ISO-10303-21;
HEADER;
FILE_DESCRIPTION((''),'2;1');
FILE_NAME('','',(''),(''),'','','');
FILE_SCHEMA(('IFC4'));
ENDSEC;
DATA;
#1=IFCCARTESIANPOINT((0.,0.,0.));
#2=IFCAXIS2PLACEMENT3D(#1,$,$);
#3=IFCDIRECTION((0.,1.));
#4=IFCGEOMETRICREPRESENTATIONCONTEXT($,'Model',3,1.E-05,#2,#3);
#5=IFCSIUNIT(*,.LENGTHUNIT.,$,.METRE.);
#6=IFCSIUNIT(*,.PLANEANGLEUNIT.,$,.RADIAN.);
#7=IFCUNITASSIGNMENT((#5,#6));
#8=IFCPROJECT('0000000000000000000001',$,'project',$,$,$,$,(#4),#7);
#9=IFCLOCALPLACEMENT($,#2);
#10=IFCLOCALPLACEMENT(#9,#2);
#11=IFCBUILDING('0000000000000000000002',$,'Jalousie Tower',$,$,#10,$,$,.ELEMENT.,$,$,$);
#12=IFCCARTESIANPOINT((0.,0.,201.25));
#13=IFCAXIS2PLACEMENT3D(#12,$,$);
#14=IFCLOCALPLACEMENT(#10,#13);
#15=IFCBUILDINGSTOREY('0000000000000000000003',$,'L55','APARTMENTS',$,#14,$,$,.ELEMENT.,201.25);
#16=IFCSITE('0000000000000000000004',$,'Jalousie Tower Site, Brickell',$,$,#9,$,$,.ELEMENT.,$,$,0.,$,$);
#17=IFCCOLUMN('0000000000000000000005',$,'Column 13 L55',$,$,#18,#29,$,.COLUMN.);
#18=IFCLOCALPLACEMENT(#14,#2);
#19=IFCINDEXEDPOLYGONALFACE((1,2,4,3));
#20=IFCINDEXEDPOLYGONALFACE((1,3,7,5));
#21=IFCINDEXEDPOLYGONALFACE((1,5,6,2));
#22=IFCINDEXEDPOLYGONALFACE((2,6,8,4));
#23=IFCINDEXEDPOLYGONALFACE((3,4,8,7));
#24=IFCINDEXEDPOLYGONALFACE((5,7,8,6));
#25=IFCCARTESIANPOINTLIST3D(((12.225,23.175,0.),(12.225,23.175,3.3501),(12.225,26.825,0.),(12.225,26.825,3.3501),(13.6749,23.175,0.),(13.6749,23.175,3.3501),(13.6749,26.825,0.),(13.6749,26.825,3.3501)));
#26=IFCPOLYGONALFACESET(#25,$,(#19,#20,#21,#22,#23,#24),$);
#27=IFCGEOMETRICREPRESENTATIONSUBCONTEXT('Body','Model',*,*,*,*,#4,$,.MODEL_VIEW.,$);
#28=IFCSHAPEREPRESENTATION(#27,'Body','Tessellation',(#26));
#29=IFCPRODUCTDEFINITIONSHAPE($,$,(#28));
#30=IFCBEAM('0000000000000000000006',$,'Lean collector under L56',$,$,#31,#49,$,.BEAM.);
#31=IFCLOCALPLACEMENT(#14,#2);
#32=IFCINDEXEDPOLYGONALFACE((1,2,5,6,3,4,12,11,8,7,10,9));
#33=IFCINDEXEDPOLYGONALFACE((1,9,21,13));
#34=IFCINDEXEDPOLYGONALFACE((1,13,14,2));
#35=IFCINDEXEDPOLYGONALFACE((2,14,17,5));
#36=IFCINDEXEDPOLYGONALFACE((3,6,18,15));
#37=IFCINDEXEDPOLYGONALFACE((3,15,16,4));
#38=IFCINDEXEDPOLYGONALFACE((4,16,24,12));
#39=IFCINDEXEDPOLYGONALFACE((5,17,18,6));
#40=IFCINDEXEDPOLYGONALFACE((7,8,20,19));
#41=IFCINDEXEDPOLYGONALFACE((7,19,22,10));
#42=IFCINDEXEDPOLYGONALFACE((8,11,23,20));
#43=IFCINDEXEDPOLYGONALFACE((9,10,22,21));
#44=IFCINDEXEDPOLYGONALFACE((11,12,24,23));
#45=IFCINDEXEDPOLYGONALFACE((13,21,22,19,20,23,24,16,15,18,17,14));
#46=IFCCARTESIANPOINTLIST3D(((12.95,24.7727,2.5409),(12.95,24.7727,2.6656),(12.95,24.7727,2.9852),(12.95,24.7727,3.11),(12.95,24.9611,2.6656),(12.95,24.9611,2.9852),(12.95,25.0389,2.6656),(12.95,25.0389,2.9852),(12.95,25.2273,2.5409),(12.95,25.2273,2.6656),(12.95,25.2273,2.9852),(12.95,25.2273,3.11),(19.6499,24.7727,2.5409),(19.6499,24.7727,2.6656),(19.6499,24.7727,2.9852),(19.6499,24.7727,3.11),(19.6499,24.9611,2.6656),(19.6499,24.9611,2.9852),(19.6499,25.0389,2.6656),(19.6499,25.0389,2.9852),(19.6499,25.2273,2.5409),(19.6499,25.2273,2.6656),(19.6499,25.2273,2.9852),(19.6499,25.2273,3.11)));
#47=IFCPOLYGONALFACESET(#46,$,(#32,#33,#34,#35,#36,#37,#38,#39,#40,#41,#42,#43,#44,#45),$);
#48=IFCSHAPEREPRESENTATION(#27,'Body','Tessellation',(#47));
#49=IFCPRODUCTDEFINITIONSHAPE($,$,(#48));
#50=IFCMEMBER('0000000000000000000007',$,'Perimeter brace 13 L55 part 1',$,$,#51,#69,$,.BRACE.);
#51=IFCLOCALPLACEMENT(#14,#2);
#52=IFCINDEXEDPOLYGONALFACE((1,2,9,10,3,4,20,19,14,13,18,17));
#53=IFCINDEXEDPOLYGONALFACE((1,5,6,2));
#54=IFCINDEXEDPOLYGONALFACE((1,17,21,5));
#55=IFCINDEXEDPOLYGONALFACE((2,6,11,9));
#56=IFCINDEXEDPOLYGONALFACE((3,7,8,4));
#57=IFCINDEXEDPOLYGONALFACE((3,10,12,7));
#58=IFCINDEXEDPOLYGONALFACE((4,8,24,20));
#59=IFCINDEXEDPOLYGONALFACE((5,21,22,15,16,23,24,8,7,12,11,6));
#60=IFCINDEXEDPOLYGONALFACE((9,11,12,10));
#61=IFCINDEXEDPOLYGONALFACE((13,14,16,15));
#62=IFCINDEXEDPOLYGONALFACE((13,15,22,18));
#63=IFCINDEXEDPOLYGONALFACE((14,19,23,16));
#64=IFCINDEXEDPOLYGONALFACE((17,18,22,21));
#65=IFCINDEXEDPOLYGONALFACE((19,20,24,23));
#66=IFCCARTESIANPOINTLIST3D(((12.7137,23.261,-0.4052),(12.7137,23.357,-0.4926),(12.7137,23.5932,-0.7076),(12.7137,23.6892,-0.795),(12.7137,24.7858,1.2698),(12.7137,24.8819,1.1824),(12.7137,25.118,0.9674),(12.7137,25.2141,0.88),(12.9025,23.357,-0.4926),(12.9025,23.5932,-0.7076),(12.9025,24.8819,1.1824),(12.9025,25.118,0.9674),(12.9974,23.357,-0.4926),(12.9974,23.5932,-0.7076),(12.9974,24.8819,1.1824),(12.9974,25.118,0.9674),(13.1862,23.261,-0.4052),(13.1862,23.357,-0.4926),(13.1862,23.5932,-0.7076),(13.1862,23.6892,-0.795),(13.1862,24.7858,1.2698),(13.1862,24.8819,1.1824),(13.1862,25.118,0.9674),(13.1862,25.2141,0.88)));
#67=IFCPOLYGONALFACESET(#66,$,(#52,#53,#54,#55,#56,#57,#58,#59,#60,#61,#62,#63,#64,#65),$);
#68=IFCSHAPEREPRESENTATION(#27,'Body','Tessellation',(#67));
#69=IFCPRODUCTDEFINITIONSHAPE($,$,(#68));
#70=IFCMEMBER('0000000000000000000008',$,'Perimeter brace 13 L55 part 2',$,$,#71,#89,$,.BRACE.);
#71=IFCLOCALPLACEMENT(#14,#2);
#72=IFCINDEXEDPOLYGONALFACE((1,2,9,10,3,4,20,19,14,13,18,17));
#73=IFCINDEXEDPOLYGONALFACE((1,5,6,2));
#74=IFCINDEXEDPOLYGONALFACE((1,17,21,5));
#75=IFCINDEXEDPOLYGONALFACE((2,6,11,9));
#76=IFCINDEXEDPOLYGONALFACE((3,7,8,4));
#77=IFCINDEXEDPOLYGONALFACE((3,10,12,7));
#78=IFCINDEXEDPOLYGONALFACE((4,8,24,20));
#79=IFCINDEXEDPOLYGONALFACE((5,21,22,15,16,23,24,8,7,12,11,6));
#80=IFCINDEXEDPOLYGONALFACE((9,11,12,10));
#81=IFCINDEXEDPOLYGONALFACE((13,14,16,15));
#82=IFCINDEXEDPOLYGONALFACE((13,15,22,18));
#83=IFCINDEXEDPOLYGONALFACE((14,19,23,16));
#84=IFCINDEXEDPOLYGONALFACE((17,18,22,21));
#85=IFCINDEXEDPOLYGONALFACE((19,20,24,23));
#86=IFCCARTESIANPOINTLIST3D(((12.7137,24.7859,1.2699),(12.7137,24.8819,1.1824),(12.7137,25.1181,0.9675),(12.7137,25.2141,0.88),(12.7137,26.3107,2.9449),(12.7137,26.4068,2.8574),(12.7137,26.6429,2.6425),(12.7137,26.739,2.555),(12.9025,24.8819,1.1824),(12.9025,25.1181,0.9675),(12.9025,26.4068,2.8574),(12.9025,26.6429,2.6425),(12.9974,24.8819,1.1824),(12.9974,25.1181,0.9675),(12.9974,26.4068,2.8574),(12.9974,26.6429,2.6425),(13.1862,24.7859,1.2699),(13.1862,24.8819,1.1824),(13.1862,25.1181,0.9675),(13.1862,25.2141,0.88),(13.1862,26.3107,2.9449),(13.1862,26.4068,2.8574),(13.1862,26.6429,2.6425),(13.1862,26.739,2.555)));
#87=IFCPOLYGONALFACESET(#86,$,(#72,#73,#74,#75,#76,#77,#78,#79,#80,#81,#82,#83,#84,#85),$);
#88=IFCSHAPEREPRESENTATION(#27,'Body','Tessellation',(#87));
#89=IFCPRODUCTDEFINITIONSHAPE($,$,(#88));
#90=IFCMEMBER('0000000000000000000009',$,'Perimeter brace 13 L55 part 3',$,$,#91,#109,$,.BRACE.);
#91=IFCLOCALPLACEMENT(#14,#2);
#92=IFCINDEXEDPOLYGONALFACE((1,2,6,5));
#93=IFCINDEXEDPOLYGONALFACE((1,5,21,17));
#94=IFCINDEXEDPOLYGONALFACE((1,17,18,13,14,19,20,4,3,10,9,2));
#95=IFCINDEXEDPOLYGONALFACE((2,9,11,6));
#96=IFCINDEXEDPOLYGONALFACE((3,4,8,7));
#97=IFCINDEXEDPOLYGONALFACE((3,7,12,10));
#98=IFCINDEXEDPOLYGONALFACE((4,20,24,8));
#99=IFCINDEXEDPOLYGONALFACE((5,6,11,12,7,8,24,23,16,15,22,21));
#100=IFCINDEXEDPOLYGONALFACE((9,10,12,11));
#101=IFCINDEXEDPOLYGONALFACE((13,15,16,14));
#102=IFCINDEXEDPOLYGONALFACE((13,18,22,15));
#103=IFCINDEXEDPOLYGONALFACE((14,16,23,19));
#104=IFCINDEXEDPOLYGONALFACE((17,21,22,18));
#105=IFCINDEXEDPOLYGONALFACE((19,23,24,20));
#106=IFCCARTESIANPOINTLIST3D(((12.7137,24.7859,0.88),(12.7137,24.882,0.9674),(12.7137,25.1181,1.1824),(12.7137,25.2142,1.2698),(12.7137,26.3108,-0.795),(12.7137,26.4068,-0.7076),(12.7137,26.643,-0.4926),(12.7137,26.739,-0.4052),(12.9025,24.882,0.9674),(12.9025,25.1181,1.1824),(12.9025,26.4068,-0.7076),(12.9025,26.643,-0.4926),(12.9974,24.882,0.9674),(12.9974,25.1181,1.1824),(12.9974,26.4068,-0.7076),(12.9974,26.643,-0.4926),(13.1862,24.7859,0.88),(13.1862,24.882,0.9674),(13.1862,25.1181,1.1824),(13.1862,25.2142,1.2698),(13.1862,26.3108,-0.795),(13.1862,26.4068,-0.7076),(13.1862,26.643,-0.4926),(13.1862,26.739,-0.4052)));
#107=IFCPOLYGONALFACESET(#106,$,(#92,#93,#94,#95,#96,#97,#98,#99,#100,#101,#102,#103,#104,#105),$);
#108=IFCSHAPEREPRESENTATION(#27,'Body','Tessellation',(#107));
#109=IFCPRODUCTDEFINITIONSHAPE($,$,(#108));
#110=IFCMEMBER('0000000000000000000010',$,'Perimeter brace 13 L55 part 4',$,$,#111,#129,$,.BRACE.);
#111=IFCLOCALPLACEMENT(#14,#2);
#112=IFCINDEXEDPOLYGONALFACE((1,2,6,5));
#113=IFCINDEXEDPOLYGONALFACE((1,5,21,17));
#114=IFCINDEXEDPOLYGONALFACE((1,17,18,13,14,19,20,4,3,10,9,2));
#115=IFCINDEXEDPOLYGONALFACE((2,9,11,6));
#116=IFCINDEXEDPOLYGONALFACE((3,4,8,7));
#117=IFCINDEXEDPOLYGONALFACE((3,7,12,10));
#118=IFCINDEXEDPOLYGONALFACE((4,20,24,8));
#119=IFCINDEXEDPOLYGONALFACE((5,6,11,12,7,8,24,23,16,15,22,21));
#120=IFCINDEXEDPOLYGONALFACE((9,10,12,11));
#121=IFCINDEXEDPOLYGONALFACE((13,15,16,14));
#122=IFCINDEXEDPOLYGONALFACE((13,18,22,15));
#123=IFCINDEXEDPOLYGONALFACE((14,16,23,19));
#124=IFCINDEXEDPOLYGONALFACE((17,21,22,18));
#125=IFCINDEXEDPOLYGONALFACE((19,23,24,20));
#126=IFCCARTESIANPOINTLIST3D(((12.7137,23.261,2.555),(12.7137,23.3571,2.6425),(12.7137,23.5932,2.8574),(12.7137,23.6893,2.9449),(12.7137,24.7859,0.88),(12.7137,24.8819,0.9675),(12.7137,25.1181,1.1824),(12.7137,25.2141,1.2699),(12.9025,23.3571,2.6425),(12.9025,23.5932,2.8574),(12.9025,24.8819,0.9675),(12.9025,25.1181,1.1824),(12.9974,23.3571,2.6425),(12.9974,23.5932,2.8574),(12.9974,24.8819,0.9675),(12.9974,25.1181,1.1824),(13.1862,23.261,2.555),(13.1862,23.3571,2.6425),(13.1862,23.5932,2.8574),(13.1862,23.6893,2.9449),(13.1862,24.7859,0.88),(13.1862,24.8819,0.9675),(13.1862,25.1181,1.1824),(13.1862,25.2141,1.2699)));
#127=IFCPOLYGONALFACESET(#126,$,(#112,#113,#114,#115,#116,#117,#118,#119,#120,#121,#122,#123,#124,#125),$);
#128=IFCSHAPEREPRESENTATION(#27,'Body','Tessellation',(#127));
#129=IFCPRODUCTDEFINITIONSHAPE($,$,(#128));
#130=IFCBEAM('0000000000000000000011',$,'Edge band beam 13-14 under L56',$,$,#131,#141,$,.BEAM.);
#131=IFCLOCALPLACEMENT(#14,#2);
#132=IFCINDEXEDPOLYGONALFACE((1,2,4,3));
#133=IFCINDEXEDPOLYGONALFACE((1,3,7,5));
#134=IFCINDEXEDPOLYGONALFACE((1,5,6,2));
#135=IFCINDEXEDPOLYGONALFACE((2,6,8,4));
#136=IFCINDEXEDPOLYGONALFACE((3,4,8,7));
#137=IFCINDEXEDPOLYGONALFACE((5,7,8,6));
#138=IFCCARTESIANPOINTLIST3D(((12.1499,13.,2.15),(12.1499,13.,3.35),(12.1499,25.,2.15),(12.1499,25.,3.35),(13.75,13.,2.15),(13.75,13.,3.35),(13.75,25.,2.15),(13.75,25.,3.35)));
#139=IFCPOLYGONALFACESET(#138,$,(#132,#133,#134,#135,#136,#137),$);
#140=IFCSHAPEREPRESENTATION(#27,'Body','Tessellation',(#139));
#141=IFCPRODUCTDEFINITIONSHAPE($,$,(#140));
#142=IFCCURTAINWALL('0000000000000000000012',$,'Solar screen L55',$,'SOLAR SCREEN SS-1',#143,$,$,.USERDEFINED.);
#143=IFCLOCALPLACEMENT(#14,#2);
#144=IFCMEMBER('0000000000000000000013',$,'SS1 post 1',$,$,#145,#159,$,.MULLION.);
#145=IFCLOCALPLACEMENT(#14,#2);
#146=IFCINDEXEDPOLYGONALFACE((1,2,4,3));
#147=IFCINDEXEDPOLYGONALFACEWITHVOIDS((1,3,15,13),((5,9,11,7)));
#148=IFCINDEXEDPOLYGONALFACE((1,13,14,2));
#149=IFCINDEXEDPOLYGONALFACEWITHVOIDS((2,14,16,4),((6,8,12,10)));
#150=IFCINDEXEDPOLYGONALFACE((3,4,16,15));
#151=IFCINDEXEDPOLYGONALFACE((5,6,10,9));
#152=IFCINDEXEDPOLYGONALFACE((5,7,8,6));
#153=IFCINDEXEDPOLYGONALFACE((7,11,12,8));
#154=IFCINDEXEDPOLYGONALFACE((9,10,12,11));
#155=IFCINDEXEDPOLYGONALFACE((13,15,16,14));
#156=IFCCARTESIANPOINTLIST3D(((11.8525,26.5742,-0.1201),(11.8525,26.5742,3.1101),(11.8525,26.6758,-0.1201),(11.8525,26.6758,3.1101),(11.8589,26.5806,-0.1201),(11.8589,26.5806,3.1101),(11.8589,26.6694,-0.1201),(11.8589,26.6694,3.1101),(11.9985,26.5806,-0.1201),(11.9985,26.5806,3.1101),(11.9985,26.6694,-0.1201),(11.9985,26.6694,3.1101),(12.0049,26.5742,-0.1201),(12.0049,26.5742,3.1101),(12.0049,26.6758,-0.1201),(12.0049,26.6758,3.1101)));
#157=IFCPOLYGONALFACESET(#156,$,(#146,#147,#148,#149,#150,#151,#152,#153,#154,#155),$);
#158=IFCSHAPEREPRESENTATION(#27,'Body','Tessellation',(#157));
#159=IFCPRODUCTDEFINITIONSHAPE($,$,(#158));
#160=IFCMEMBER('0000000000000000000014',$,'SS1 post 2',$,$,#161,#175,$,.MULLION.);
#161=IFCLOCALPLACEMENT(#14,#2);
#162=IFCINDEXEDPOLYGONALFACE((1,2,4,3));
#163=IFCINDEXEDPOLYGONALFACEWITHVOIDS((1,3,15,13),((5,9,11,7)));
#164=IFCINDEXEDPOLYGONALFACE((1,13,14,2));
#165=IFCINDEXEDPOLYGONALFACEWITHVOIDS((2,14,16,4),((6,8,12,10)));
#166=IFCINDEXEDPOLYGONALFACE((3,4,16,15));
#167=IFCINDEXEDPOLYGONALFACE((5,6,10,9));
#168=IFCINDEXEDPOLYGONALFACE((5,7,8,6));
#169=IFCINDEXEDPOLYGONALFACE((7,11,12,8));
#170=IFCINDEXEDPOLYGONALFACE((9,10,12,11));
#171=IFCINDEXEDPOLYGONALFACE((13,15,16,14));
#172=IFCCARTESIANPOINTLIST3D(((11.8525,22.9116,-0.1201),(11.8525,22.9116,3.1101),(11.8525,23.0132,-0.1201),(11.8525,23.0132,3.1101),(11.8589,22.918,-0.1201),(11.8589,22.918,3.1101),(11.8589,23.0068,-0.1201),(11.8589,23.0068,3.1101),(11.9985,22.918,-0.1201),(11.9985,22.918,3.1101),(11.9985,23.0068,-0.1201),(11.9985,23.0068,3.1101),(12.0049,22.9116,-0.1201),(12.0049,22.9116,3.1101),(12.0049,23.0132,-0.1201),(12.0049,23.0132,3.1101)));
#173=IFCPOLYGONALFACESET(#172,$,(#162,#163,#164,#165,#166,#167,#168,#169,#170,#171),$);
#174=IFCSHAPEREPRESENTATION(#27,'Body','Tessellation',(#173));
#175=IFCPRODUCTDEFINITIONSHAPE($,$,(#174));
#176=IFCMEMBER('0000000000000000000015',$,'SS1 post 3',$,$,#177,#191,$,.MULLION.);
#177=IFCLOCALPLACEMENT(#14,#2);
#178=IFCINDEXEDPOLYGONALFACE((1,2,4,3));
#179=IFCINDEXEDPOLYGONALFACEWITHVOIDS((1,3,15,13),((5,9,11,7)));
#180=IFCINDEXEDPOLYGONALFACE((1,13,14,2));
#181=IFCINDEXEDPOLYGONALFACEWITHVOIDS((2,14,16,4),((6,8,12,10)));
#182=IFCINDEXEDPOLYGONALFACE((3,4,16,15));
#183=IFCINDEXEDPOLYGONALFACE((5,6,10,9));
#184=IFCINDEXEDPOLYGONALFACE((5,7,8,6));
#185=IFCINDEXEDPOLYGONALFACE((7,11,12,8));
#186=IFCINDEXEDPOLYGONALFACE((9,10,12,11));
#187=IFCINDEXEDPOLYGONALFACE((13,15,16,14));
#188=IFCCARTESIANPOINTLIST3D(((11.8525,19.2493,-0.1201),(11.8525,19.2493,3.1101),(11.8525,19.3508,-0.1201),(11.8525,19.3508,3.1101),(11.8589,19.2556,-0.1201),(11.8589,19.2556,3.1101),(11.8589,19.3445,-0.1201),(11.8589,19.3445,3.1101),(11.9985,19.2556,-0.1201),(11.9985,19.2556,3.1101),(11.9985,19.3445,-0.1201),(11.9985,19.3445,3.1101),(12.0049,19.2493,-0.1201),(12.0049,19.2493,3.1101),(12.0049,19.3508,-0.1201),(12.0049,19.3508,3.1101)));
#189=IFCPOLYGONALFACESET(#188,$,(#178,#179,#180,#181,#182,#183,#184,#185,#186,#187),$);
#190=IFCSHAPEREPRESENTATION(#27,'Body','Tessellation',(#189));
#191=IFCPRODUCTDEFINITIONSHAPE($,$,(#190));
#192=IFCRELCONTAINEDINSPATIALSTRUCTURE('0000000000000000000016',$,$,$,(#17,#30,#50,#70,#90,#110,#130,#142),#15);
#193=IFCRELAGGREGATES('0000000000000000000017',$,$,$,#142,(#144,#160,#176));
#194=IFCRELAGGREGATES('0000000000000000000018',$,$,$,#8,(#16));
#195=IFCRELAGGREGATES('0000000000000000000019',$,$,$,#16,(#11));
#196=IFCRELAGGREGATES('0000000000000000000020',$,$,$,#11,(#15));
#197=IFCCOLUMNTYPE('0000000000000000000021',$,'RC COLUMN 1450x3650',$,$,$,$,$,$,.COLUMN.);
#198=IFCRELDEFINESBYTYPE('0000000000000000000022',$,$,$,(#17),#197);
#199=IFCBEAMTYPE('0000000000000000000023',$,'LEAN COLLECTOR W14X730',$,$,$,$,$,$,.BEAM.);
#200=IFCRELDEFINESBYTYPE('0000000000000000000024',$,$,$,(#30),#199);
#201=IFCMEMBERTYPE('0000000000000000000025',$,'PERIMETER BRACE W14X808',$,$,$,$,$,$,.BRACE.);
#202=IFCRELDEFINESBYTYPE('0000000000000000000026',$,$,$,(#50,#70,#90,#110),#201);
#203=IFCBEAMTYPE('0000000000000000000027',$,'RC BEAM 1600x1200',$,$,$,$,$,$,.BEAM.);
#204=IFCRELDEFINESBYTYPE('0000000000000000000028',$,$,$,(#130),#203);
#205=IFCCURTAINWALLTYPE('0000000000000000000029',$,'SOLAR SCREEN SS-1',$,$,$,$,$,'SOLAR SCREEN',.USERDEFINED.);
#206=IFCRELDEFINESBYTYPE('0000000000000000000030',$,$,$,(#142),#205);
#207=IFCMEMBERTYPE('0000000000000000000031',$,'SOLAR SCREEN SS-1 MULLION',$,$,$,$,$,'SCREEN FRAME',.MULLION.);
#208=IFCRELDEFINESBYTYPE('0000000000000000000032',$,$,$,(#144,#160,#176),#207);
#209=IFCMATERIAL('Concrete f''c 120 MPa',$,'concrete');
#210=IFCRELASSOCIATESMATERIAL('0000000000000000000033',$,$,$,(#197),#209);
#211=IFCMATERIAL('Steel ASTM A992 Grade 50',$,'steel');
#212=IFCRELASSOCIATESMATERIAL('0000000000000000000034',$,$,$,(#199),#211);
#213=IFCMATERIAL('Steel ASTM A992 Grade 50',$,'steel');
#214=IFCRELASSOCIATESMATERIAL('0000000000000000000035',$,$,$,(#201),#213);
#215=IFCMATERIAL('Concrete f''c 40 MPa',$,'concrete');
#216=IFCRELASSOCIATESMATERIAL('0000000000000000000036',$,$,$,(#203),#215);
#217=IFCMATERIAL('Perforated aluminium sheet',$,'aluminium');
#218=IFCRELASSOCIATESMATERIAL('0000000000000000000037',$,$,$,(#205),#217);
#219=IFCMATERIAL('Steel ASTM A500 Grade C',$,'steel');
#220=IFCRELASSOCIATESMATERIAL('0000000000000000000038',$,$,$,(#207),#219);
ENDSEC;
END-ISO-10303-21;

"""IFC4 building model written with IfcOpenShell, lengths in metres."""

from ifc_helpers import new_model, si_unit, direction, frame, origin, origin_2d, place, context, subcontext, project, spatial, rectangle, hollow_rectangle, i_section, extrude, material, material_profile, profile_set, type_object, element, aggregate, save


model = new_model("IFC4")

# Units and contexts
model_context = context("Model", 3, precision=1e-05, world=origin(), true_north=direction((0.0, 1.0)))
body_context = subcontext(model_context, "Body", "Model", "MODEL_VIEW")
ifc_project = project(units=[si_unit("LENGTHUNIT", "METRE"), si_unit("PLANEANGLEUNIT", "RADIAN")], contexts=[model_context])

# Site, building, storey
site_placement = place(None, origin())
site = spatial("IfcSite", under=ifc_project, at=site_placement, Name="Jalousie Tower Site, Brickell", CompositionType="ELEMENT", RefElevation=0.0)
building_placement = place(site_placement, origin())
building = spatial("IfcBuilding", under=site, at=building_placement, Name="Jalousie Tower", CompositionType="ELEMENT")
storey_placement = place(building_placement, frame((0.0, 0.0, 201.25)))
storey = spatial("IfcBuildingStorey", under=building, at=storey_placement, Name="L55", Description="APARTMENTS", CompositionType="ELEMENT", Elevation=201.25)

# Column
ifc_material_1 = material(Name="Concrete f'c 120 MPa", Category="concrete")
ifc_material_profile_1 = material_profile(ifc_material_1, rectangle(XDim=1.45, YDim=3.6499, at=origin_2d()), Name="RC 1450x3650")
ifc_profile_set_1 = profile_set([ifc_material_profile_1], Name="Concrete f'c 120 MPa")
column_type = type_object("IfcColumnType", Name="RC COLUMN 1450x3650", PredefinedType="COLUMN", material=ifc_profile_set_1)
column_placement = place(storey_placement, frame((12.95, 25.0, 0.0), z_axis=(0.0, 0.0, 1.0), x_axis=(1.0, 0.0, 0.0)))
element("IfcColumn", 1, at=column_placement, inside=storey, type_object=column_type, Name="Column 13 L55", PredefinedType="COLUMN", context=body_context, shape_type="SweptSolid", body=[
    extrude(rectangle(XDim=1.45, YDim=3.6499, at=origin_2d()), origin(), (0.0, 0.0, 1.0), 3.3501),
])

# Beam
ifc_material_2 = material(Name="Steel ASTM A992 Grade 50", Category="steel")
ifc_material_profile_2 = material_profile(ifc_material_2, i_section(OverallWidth=0.4546, OverallDepth=0.5691, WebThickness=0.0779, FlangeThickness=0.1248, at=origin_2d()), Name="W14X730")
ifc_profile_set_2 = profile_set([ifc_material_profile_2], Name="Steel ASTM A992 Grade 50")
beam_type_1 = type_object("IfcBeamType", Name="LEAN COLLECTOR W14X730", PredefinedType="BEAM", material=ifc_profile_set_2)
beam_1_placement = place(storey_placement, frame((12.95, 25.0, 2.8254), z_axis=(1.0, 0.0, 0.0), x_axis=(0.0, 1.0, 0.0)))
element("IfcBeam", 2, at=beam_1_placement, inside=storey, type_object=beam_type_1, Name="Lean collector under L56", PredefinedType="BEAM", context=body_context, shape_type="SweptSolid", body=[
    extrude(i_section(OverallWidth=0.4546, OverallDepth=0.5691, WebThickness=0.0779, FlangeThickness=0.1248, at=origin_2d()), origin(), (0.0, 0.0, 1.0), 6.7),
])

# Members
ifc_material_3 = material(Name="Steel ASTM A992 Grade 50", Category="steel")
ifc_material_profile_3 = material_profile(ifc_material_3, i_section(OverallWidth=0.4724, OverallDepth=0.5791, WebThickness=0.095, FlangeThickness=0.1299, at=origin_2d()), Name="W14X808")
ifc_profile_set_3 = profile_set([ifc_material_profile_3], Name="Steel ASTM A992 Grade 50")
member_type_1 = type_object("IfcMemberType", Name="PERIMETER BRACE W14X808", PredefinedType="BRACE", material=ifc_profile_set_3)
for number, where, z_axis, x_axis, name in (
    (3, (12.95, 23.4751, -0.6001), (0.0, 0.673188, 0.739472), (-1.0, 0.0, 0.0), "Perimeter brace 13 L55 part 1"),
    (4, (12.95, 25.0, 1.075), (0.0, 0.673188, 0.739472), (-1.0, 0.0, 0.0), "Perimeter brace 13 L55 part 2"),
    (5, (12.95, 26.5249, -0.6001), (0.0, -0.673188, 0.739472), (1.0, 0.0, 0.0), "Perimeter brace 13 L55 part 3"),
    (6, (12.95, 25.0, 1.075), (0.0, -0.673188, 0.739472), (1.0, 0.0, 0.0), "Perimeter brace 13 L55 part 4"),
):
    element("IfcMember", number, at=place(storey_placement, frame(where, z_axis=z_axis, x_axis=x_axis)), inside=storey, type_object=member_type_1, Name=name, PredefinedType="BRACE", context=body_context, shape_type="SweptSolid", body=[
        extrude(i_section(OverallWidth=0.4724, OverallDepth=0.5791, WebThickness=0.095, FlangeThickness=0.1299, at=origin_2d()), origin(), (0.0, 0.0, 1.0), 2.2651),
    ])

# Beam
ifc_material_4 = material(Name="Concrete f'c 40 MPa", Category="concrete")
ifc_material_profile_4 = material_profile(ifc_material_4, rectangle(XDim=1.6001, YDim=1.2, at=origin_2d()), Name="RC 1600x1200")
ifc_profile_set_4 = profile_set([ifc_material_profile_4], Name="Concrete f'c 40 MPa")
beam_type_2 = type_object("IfcBeamType", Name="RC BEAM 1600x1200", PredefinedType="BEAM", material=ifc_profile_set_4)
beam_2_placement = place(storey_placement, frame((12.95, 25.0, 2.75), z_axis=(0.0, -1.0, 0.0), x_axis=(1.0, 0.0, 0.0)))
element("IfcBeam", 7, at=beam_2_placement, inside=storey, type_object=beam_type_2, Name="Edge band beam 13-14 under L56", PredefinedType="BEAM", context=body_context, shape_type="SweptSolid", body=[
    extrude(rectangle(XDim=1.6001, YDim=1.2, at=origin_2d()), origin(), (0.0, 0.0, 1.0), 12.0),
])

# Curtain wall, members
ifc_material_5 = material(Name="Perforated aluminium sheet", Category="aluminium")
curtain_wall_type = type_object("IfcCurtainWallType", Name="SOLAR SCREEN SS-1", ElementType="SOLAR SCREEN", PredefinedType="USERDEFINED", material=ifc_material_5)
curtain_wall_1_placement = place(storey_placement, origin())
curtain_wall_1 = element("IfcCurtainWall", 8, at=curtain_wall_1_placement, inside=storey, type_object=curtain_wall_type, Name="Solar screen L55", ObjectType="SOLAR SCREEN SS-1", PredefinedType="USERDEFINED")
ifc_material_6 = material(Name="Steel ASTM A500 Grade C", Category="steel")
ifc_material_profile_5 = material_profile(ifc_material_6, hollow_rectangle(XDim=0.1016, YDim=0.1523, WallThickness=0.0063, at=origin_2d()), Name="HSS6X4X1/4")
ifc_profile_set_5 = profile_set([ifc_material_profile_5], Name="Steel ASTM A500 Grade C")
member_type_2 = type_object("IfcMemberType", Name="SOLAR SCREEN SS-1 MULLION", ElementType="SCREEN FRAME", PredefinedType="MULLION", material=ifc_profile_set_5)
member_1_placement = place(storey_placement, frame((11.9287, 26.625, -0.1201), z_axis=(0.0, 0.0, 1.0), x_axis=(0.0, -1.0, 0.0)))
member_1 = element("IfcMember", 9, at=member_1_placement, type_object=member_type_2, Name="SS1 post 1", PredefinedType="MULLION", context=body_context, shape_type="SweptSolid", body=[
    extrude(hollow_rectangle(XDim=0.1016, YDim=0.1523, WallThickness=0.0063, at=origin_2d()), origin(), (0.0, 0.0, 1.0), 3.2302),
])
member_2_placement = place(storey_placement, frame((11.9287, 22.9624, -0.1201), z_axis=(0.0, 0.0, 1.0), x_axis=(0.0, -1.0, 0.0)))
member_2 = element("IfcMember", 10, at=member_2_placement, type_object=member_type_2, Name="SS1 post 2", PredefinedType="MULLION", context=body_context, shape_type="SweptSolid", body=[
    extrude(hollow_rectangle(XDim=0.1016, YDim=0.1523, WallThickness=0.0063, at=origin_2d()), origin(), (0.0, 0.0, 1.0), 3.2302),
])
member_3_placement = place(storey_placement, frame((11.9287, 19.3, -0.1201), z_axis=(0.0, 0.0, 1.0), x_axis=(0.0, -1.0, 0.0)))
member_3 = element("IfcMember", 11, at=member_3_placement, type_object=member_type_2, Name="SS1 post 3", PredefinedType="MULLION", context=body_context, shape_type="SweptSolid", body=[
    extrude(hollow_rectangle(XDim=0.1016, YDim=0.1523, WallThickness=0.0063, at=origin_2d()), origin(), (0.0, 0.0, 1.0), 3.2302),
])

aggregate(curtain_wall_1, [member_1, member_2, member_3])

save(model, "model.ifc")
